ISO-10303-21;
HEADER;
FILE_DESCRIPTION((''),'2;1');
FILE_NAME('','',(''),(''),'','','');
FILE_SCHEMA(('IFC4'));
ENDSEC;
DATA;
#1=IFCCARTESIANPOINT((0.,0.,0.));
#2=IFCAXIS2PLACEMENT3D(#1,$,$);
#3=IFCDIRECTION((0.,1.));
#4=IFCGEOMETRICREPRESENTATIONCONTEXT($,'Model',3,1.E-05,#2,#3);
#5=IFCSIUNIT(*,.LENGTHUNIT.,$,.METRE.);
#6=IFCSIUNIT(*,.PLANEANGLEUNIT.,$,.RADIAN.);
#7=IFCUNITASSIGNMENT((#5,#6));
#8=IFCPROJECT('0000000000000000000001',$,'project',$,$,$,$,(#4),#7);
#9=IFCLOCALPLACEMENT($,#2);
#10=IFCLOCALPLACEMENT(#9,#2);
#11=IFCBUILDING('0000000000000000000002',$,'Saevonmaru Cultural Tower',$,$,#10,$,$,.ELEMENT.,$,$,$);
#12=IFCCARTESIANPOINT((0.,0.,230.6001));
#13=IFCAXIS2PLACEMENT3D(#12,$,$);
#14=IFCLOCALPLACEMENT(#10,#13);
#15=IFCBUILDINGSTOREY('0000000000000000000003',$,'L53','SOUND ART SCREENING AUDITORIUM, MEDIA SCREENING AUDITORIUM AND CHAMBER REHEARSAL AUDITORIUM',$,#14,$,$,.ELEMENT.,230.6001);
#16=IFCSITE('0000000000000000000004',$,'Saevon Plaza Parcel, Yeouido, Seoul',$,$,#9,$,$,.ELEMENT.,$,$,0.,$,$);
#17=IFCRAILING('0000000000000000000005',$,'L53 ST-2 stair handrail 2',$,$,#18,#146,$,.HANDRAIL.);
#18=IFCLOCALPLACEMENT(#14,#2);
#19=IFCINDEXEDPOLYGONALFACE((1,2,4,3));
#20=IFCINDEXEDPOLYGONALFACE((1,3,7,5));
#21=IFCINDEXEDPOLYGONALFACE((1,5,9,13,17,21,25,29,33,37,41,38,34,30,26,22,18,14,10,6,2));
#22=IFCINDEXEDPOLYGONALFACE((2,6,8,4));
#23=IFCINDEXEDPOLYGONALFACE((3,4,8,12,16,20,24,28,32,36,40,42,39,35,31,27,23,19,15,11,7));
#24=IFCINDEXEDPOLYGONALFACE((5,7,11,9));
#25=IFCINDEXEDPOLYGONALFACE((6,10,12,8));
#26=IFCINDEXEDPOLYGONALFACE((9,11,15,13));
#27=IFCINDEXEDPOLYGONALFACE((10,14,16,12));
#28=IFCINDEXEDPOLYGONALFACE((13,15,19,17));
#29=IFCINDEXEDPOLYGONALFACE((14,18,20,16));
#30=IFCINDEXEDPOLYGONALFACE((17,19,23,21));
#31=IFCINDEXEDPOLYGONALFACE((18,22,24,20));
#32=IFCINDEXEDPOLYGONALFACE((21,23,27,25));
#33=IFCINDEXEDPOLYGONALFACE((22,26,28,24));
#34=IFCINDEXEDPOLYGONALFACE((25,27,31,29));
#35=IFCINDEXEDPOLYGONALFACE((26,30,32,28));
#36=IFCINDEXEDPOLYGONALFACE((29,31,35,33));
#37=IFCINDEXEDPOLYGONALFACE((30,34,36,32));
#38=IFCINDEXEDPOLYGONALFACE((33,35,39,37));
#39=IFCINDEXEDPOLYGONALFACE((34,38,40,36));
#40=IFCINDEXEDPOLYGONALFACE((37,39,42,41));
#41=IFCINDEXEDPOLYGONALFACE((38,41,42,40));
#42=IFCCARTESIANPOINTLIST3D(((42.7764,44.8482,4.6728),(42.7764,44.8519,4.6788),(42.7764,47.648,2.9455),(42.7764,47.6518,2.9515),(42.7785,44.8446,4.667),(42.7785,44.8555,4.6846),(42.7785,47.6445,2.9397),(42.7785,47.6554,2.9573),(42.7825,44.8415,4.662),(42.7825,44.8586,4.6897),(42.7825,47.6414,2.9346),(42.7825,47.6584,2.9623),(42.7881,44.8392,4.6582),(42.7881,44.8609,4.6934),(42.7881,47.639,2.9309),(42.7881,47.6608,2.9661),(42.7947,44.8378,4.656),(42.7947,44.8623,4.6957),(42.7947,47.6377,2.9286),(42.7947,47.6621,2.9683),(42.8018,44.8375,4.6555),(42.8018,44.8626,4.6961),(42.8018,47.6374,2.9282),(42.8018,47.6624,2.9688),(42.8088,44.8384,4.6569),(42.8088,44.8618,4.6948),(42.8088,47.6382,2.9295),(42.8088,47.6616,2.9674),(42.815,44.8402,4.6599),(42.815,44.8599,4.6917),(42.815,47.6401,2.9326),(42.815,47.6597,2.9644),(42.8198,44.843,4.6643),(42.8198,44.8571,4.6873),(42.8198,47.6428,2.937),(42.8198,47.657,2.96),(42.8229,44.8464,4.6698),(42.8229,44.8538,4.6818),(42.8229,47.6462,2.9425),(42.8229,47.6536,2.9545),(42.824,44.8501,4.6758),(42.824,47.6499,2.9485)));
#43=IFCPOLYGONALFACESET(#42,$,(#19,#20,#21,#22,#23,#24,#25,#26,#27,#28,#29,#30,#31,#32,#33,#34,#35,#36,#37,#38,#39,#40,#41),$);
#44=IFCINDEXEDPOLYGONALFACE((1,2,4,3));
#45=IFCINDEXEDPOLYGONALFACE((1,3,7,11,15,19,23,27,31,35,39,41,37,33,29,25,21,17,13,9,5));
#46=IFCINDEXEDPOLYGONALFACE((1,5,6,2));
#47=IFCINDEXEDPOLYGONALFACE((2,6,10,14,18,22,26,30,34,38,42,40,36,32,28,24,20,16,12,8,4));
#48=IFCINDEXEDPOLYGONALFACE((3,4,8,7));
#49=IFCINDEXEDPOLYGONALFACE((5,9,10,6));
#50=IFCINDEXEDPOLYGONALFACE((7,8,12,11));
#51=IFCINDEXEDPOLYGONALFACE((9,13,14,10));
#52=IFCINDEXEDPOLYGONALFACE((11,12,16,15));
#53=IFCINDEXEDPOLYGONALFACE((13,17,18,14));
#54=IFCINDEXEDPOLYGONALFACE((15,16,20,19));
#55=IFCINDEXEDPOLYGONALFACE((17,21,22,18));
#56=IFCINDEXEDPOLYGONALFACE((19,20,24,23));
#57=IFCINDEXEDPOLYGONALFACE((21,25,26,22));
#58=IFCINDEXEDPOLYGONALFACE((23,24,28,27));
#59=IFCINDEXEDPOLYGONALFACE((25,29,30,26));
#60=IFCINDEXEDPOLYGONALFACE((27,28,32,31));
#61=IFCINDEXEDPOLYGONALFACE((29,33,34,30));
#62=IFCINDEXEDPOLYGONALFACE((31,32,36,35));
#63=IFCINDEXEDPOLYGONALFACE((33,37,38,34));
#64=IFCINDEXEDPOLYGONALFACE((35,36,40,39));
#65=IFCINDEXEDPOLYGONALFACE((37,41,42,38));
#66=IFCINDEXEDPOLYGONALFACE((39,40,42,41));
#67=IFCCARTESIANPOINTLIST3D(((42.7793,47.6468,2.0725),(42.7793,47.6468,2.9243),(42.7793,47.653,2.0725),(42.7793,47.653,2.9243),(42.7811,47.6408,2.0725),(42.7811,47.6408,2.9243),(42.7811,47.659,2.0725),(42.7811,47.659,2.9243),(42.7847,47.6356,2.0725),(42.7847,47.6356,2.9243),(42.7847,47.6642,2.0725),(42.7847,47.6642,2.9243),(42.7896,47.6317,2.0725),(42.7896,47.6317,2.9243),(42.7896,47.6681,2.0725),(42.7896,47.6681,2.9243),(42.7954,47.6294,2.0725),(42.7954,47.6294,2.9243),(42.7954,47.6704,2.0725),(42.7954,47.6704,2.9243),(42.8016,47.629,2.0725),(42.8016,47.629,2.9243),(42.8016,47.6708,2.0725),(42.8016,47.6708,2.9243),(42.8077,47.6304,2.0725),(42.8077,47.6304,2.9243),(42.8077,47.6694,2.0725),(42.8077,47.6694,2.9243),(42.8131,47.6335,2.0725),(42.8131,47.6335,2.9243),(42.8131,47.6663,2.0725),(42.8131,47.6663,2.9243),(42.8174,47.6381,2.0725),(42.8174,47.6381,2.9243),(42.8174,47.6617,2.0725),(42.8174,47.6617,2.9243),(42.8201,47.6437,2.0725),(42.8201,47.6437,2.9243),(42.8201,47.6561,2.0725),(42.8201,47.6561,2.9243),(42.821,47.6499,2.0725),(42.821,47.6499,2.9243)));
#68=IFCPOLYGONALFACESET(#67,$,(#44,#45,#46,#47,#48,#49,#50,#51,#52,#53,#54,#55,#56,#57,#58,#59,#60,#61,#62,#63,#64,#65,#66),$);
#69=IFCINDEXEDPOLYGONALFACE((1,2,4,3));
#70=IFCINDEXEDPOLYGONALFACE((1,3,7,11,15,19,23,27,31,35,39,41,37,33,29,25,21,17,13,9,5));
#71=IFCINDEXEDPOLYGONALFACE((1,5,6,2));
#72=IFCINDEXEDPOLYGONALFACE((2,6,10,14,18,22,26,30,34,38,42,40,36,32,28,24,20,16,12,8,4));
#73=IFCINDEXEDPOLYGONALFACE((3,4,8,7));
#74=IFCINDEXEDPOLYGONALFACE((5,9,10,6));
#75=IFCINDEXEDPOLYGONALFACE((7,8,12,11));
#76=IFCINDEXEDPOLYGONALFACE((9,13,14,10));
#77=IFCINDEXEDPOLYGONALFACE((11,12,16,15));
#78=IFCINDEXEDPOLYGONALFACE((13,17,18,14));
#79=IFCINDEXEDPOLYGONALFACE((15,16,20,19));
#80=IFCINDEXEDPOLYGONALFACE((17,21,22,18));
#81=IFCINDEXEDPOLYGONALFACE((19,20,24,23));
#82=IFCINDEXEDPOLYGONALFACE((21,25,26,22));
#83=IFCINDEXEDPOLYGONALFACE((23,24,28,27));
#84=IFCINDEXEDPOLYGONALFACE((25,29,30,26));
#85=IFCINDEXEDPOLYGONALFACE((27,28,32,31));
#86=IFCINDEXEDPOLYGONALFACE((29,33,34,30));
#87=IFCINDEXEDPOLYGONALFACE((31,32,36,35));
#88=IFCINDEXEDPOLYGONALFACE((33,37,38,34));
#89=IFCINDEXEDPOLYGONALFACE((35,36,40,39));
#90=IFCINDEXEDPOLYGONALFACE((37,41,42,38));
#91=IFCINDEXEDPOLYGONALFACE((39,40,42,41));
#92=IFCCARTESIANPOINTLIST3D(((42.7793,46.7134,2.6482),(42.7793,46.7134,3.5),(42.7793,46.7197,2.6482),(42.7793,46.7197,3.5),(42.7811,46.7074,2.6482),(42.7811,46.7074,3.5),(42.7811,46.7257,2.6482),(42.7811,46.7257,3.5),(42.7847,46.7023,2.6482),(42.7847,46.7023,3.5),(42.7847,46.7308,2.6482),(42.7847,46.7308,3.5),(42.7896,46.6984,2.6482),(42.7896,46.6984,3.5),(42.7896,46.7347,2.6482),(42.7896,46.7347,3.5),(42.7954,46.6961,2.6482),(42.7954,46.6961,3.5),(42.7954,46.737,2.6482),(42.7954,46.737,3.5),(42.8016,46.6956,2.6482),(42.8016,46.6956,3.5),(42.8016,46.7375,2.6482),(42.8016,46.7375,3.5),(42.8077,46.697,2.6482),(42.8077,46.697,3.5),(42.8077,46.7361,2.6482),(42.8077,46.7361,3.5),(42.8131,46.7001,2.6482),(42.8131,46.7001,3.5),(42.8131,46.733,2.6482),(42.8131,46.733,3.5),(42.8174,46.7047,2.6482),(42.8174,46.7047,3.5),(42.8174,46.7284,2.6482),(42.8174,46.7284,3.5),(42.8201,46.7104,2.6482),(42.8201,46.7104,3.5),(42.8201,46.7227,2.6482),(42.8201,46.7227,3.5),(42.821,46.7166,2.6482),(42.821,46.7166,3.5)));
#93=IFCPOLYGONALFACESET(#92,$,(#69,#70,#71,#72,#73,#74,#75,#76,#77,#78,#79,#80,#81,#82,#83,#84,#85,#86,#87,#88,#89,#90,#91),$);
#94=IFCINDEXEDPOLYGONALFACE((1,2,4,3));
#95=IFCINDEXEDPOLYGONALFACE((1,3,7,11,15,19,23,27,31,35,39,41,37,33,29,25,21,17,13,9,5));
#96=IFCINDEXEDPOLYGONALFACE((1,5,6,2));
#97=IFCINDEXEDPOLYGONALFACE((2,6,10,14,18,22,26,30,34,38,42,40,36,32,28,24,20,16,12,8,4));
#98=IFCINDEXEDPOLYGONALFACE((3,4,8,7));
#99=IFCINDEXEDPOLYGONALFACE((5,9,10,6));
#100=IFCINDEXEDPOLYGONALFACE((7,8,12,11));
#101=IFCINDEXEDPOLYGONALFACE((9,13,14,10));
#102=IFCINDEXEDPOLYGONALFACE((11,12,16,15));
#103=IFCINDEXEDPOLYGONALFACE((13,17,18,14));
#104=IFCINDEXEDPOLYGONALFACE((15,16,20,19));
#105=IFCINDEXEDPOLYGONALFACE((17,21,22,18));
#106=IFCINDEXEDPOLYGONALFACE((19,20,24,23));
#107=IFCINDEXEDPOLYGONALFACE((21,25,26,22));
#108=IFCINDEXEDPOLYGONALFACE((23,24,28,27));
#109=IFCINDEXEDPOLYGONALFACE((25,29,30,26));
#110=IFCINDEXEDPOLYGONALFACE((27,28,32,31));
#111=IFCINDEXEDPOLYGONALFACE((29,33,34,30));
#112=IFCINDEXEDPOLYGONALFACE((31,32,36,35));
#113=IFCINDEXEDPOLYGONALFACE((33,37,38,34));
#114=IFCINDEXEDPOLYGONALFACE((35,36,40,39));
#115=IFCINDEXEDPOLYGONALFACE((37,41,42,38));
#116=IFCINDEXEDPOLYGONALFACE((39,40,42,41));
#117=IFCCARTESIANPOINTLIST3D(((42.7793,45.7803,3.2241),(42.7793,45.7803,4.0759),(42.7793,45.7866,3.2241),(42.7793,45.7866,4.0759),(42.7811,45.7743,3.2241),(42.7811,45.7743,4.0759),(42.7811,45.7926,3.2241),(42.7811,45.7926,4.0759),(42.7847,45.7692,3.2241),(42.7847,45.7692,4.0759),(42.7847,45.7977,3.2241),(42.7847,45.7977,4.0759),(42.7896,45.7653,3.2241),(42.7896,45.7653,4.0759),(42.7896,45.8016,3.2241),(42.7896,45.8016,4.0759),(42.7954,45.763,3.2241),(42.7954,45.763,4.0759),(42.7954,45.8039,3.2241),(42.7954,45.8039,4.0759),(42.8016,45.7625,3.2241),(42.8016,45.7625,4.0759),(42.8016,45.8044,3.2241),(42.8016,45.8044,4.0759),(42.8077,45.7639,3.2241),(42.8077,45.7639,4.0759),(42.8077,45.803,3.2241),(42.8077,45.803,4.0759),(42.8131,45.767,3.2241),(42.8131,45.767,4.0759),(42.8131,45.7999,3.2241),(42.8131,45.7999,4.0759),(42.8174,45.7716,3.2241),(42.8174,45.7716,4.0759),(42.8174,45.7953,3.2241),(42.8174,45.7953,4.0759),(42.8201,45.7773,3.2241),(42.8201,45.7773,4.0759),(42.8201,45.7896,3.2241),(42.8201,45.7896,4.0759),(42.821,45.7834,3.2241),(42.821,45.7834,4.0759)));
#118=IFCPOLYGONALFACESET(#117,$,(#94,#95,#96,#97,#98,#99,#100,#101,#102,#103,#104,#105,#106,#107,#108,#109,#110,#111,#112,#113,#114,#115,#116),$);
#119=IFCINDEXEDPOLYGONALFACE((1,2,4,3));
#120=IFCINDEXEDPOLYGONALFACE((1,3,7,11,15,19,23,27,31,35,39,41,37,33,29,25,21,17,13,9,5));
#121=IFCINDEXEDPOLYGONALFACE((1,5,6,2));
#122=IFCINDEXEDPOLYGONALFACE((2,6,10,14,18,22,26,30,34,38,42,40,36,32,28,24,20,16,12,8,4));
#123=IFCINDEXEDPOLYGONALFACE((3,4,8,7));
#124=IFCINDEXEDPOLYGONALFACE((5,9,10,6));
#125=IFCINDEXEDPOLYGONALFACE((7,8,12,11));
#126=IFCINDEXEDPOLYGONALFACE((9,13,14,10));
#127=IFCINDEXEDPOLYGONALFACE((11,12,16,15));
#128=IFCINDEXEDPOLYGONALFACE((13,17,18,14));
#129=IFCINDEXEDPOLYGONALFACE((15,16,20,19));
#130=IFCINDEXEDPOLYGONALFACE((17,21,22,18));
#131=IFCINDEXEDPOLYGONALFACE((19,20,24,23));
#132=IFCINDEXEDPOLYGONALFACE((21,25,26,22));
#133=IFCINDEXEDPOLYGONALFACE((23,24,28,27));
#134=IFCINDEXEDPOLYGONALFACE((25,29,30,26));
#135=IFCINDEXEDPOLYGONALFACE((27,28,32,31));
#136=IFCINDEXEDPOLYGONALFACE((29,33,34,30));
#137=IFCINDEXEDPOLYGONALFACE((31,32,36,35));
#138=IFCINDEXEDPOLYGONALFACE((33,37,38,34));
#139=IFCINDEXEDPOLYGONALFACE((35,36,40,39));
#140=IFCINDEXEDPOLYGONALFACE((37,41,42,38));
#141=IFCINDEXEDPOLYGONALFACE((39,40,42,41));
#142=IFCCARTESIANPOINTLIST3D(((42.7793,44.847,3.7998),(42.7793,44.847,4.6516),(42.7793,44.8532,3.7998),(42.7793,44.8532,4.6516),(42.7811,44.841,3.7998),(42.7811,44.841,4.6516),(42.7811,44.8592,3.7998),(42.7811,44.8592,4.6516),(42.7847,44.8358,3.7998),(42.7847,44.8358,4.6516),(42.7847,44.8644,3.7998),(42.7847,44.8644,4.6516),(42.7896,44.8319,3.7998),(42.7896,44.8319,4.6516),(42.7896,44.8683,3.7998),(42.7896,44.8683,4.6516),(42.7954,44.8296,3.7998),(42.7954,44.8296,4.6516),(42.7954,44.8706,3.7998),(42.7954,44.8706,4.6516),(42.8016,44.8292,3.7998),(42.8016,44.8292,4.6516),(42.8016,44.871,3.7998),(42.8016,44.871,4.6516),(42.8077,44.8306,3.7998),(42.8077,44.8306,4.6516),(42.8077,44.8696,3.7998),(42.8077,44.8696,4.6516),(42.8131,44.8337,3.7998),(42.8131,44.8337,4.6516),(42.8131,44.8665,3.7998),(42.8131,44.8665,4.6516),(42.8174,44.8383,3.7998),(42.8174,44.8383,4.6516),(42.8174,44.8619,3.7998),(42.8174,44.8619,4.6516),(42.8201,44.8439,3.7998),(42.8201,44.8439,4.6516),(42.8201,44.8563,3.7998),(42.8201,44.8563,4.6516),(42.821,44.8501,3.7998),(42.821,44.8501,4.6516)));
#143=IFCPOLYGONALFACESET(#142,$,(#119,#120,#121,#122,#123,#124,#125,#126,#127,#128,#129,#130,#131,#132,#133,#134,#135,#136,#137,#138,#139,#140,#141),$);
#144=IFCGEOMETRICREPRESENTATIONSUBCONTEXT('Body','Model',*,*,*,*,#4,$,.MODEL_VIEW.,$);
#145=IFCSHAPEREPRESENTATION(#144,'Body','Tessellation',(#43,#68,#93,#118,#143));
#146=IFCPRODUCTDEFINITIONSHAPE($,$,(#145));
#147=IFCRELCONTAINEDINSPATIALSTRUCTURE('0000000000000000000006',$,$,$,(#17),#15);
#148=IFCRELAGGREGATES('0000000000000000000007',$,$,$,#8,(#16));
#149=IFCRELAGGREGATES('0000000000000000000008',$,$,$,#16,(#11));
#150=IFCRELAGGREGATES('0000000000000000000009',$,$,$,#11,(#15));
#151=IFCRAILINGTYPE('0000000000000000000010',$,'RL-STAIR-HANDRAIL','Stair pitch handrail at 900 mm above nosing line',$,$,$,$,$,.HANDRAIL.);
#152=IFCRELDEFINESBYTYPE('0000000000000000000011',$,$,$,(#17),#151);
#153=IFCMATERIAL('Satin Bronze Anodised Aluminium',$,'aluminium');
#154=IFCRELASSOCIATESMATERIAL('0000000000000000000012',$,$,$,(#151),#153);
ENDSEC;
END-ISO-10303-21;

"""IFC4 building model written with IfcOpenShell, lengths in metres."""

from ifc_helpers import new_model, si_unit, direction, frame, origin, origin_2d, place, context, subcontext, project, spatial, circle, extrude, material, type_object, element, save


model = new_model("IFC4")

# Units and contexts
model_context = context("Model", 3, precision=1e-05, world=origin(), true_north=direction((0.0, 1.0)))
body_context = subcontext(model_context, "Body", "Model", "MODEL_VIEW")
ifc_project = project(units=[si_unit("LENGTHUNIT", "METRE"), si_unit("PLANEANGLEUNIT", "RADIAN")], contexts=[model_context])

# Site, building, storey
site_placement = place(None, origin())
site = spatial("IfcSite", under=ifc_project, at=site_placement, Name="Saevon Plaza Parcel, Yeouido, Seoul", CompositionType="ELEMENT", RefElevation=0.0)
building_placement = place(site_placement, origin())
building = spatial("IfcBuilding", under=site, at=building_placement, Name="Saevonmaru Cultural Tower", CompositionType="ELEMENT")
storey_placement = place(building_placement, frame((0.0, 0.0, 230.6001)))
storey = spatial("IfcBuildingStorey", under=building, at=storey_placement, Name="L53", Description="SOUND ART SCREENING AUDITORIUM, MEDIA SCREENING AUDITORIUM AND CHAMBER REHEARSAL AUDITORIUM", CompositionType="ELEMENT", Elevation=230.6001)

# Shared definitions
ifc_material_1 = material(Name="Satin Bronze Anodised Aluminium", Category="aluminium")

# Railing
railing_type_1 = type_object("IfcRailingType", Name="RL-STAIR-HANDRAIL", Description="Stair pitch handrail at 900 mm above nosing line", PredefinedType="HANDRAIL", material=ifc_material_1)
railing_1_placement = place(storey_placement, frame((42.8, 47.6499, 2.0725)))
element("IfcRailing", 1, at=railing_1_placement, inside=storey, type_object=railing_type_1, Name="L53 ST-2 stair handrail 2", PredefinedType="HANDRAIL", context=body_context, shape_type="SweptSolid", body=[
    extrude(circle(Radius=0.0239, at=origin_2d()), frame((0.0, 0.0, 0.876), z_axis=(0.0, -0.851069, 0.525054), x_axis=(1.0, 0.0, 0.0)), (0.0, 0.0, 1.0), 3.2898),
    extrude(circle(Radius=0.021, at=origin_2d()), origin(), (0.0, 0.0, 1.0), 0.8518),
    extrude(circle(Radius=0.021, at=origin_2d()), frame((0.0, -0.9333, 0.5757)), (0.0, 0.0, 1.0), 0.8518),
    extrude(circle(Radius=0.021, at=origin_2d()), frame((0.0, -1.8665, 1.1516)), (0.0, 0.0, 1.0), 0.8518),
    extrude(circle(Radius=0.021, at=origin_2d()), frame((0.0, -2.7998, 1.7273)), (0.0, 0.0, 1.0), 0.8518),
])

save(model, "model.ifc")
